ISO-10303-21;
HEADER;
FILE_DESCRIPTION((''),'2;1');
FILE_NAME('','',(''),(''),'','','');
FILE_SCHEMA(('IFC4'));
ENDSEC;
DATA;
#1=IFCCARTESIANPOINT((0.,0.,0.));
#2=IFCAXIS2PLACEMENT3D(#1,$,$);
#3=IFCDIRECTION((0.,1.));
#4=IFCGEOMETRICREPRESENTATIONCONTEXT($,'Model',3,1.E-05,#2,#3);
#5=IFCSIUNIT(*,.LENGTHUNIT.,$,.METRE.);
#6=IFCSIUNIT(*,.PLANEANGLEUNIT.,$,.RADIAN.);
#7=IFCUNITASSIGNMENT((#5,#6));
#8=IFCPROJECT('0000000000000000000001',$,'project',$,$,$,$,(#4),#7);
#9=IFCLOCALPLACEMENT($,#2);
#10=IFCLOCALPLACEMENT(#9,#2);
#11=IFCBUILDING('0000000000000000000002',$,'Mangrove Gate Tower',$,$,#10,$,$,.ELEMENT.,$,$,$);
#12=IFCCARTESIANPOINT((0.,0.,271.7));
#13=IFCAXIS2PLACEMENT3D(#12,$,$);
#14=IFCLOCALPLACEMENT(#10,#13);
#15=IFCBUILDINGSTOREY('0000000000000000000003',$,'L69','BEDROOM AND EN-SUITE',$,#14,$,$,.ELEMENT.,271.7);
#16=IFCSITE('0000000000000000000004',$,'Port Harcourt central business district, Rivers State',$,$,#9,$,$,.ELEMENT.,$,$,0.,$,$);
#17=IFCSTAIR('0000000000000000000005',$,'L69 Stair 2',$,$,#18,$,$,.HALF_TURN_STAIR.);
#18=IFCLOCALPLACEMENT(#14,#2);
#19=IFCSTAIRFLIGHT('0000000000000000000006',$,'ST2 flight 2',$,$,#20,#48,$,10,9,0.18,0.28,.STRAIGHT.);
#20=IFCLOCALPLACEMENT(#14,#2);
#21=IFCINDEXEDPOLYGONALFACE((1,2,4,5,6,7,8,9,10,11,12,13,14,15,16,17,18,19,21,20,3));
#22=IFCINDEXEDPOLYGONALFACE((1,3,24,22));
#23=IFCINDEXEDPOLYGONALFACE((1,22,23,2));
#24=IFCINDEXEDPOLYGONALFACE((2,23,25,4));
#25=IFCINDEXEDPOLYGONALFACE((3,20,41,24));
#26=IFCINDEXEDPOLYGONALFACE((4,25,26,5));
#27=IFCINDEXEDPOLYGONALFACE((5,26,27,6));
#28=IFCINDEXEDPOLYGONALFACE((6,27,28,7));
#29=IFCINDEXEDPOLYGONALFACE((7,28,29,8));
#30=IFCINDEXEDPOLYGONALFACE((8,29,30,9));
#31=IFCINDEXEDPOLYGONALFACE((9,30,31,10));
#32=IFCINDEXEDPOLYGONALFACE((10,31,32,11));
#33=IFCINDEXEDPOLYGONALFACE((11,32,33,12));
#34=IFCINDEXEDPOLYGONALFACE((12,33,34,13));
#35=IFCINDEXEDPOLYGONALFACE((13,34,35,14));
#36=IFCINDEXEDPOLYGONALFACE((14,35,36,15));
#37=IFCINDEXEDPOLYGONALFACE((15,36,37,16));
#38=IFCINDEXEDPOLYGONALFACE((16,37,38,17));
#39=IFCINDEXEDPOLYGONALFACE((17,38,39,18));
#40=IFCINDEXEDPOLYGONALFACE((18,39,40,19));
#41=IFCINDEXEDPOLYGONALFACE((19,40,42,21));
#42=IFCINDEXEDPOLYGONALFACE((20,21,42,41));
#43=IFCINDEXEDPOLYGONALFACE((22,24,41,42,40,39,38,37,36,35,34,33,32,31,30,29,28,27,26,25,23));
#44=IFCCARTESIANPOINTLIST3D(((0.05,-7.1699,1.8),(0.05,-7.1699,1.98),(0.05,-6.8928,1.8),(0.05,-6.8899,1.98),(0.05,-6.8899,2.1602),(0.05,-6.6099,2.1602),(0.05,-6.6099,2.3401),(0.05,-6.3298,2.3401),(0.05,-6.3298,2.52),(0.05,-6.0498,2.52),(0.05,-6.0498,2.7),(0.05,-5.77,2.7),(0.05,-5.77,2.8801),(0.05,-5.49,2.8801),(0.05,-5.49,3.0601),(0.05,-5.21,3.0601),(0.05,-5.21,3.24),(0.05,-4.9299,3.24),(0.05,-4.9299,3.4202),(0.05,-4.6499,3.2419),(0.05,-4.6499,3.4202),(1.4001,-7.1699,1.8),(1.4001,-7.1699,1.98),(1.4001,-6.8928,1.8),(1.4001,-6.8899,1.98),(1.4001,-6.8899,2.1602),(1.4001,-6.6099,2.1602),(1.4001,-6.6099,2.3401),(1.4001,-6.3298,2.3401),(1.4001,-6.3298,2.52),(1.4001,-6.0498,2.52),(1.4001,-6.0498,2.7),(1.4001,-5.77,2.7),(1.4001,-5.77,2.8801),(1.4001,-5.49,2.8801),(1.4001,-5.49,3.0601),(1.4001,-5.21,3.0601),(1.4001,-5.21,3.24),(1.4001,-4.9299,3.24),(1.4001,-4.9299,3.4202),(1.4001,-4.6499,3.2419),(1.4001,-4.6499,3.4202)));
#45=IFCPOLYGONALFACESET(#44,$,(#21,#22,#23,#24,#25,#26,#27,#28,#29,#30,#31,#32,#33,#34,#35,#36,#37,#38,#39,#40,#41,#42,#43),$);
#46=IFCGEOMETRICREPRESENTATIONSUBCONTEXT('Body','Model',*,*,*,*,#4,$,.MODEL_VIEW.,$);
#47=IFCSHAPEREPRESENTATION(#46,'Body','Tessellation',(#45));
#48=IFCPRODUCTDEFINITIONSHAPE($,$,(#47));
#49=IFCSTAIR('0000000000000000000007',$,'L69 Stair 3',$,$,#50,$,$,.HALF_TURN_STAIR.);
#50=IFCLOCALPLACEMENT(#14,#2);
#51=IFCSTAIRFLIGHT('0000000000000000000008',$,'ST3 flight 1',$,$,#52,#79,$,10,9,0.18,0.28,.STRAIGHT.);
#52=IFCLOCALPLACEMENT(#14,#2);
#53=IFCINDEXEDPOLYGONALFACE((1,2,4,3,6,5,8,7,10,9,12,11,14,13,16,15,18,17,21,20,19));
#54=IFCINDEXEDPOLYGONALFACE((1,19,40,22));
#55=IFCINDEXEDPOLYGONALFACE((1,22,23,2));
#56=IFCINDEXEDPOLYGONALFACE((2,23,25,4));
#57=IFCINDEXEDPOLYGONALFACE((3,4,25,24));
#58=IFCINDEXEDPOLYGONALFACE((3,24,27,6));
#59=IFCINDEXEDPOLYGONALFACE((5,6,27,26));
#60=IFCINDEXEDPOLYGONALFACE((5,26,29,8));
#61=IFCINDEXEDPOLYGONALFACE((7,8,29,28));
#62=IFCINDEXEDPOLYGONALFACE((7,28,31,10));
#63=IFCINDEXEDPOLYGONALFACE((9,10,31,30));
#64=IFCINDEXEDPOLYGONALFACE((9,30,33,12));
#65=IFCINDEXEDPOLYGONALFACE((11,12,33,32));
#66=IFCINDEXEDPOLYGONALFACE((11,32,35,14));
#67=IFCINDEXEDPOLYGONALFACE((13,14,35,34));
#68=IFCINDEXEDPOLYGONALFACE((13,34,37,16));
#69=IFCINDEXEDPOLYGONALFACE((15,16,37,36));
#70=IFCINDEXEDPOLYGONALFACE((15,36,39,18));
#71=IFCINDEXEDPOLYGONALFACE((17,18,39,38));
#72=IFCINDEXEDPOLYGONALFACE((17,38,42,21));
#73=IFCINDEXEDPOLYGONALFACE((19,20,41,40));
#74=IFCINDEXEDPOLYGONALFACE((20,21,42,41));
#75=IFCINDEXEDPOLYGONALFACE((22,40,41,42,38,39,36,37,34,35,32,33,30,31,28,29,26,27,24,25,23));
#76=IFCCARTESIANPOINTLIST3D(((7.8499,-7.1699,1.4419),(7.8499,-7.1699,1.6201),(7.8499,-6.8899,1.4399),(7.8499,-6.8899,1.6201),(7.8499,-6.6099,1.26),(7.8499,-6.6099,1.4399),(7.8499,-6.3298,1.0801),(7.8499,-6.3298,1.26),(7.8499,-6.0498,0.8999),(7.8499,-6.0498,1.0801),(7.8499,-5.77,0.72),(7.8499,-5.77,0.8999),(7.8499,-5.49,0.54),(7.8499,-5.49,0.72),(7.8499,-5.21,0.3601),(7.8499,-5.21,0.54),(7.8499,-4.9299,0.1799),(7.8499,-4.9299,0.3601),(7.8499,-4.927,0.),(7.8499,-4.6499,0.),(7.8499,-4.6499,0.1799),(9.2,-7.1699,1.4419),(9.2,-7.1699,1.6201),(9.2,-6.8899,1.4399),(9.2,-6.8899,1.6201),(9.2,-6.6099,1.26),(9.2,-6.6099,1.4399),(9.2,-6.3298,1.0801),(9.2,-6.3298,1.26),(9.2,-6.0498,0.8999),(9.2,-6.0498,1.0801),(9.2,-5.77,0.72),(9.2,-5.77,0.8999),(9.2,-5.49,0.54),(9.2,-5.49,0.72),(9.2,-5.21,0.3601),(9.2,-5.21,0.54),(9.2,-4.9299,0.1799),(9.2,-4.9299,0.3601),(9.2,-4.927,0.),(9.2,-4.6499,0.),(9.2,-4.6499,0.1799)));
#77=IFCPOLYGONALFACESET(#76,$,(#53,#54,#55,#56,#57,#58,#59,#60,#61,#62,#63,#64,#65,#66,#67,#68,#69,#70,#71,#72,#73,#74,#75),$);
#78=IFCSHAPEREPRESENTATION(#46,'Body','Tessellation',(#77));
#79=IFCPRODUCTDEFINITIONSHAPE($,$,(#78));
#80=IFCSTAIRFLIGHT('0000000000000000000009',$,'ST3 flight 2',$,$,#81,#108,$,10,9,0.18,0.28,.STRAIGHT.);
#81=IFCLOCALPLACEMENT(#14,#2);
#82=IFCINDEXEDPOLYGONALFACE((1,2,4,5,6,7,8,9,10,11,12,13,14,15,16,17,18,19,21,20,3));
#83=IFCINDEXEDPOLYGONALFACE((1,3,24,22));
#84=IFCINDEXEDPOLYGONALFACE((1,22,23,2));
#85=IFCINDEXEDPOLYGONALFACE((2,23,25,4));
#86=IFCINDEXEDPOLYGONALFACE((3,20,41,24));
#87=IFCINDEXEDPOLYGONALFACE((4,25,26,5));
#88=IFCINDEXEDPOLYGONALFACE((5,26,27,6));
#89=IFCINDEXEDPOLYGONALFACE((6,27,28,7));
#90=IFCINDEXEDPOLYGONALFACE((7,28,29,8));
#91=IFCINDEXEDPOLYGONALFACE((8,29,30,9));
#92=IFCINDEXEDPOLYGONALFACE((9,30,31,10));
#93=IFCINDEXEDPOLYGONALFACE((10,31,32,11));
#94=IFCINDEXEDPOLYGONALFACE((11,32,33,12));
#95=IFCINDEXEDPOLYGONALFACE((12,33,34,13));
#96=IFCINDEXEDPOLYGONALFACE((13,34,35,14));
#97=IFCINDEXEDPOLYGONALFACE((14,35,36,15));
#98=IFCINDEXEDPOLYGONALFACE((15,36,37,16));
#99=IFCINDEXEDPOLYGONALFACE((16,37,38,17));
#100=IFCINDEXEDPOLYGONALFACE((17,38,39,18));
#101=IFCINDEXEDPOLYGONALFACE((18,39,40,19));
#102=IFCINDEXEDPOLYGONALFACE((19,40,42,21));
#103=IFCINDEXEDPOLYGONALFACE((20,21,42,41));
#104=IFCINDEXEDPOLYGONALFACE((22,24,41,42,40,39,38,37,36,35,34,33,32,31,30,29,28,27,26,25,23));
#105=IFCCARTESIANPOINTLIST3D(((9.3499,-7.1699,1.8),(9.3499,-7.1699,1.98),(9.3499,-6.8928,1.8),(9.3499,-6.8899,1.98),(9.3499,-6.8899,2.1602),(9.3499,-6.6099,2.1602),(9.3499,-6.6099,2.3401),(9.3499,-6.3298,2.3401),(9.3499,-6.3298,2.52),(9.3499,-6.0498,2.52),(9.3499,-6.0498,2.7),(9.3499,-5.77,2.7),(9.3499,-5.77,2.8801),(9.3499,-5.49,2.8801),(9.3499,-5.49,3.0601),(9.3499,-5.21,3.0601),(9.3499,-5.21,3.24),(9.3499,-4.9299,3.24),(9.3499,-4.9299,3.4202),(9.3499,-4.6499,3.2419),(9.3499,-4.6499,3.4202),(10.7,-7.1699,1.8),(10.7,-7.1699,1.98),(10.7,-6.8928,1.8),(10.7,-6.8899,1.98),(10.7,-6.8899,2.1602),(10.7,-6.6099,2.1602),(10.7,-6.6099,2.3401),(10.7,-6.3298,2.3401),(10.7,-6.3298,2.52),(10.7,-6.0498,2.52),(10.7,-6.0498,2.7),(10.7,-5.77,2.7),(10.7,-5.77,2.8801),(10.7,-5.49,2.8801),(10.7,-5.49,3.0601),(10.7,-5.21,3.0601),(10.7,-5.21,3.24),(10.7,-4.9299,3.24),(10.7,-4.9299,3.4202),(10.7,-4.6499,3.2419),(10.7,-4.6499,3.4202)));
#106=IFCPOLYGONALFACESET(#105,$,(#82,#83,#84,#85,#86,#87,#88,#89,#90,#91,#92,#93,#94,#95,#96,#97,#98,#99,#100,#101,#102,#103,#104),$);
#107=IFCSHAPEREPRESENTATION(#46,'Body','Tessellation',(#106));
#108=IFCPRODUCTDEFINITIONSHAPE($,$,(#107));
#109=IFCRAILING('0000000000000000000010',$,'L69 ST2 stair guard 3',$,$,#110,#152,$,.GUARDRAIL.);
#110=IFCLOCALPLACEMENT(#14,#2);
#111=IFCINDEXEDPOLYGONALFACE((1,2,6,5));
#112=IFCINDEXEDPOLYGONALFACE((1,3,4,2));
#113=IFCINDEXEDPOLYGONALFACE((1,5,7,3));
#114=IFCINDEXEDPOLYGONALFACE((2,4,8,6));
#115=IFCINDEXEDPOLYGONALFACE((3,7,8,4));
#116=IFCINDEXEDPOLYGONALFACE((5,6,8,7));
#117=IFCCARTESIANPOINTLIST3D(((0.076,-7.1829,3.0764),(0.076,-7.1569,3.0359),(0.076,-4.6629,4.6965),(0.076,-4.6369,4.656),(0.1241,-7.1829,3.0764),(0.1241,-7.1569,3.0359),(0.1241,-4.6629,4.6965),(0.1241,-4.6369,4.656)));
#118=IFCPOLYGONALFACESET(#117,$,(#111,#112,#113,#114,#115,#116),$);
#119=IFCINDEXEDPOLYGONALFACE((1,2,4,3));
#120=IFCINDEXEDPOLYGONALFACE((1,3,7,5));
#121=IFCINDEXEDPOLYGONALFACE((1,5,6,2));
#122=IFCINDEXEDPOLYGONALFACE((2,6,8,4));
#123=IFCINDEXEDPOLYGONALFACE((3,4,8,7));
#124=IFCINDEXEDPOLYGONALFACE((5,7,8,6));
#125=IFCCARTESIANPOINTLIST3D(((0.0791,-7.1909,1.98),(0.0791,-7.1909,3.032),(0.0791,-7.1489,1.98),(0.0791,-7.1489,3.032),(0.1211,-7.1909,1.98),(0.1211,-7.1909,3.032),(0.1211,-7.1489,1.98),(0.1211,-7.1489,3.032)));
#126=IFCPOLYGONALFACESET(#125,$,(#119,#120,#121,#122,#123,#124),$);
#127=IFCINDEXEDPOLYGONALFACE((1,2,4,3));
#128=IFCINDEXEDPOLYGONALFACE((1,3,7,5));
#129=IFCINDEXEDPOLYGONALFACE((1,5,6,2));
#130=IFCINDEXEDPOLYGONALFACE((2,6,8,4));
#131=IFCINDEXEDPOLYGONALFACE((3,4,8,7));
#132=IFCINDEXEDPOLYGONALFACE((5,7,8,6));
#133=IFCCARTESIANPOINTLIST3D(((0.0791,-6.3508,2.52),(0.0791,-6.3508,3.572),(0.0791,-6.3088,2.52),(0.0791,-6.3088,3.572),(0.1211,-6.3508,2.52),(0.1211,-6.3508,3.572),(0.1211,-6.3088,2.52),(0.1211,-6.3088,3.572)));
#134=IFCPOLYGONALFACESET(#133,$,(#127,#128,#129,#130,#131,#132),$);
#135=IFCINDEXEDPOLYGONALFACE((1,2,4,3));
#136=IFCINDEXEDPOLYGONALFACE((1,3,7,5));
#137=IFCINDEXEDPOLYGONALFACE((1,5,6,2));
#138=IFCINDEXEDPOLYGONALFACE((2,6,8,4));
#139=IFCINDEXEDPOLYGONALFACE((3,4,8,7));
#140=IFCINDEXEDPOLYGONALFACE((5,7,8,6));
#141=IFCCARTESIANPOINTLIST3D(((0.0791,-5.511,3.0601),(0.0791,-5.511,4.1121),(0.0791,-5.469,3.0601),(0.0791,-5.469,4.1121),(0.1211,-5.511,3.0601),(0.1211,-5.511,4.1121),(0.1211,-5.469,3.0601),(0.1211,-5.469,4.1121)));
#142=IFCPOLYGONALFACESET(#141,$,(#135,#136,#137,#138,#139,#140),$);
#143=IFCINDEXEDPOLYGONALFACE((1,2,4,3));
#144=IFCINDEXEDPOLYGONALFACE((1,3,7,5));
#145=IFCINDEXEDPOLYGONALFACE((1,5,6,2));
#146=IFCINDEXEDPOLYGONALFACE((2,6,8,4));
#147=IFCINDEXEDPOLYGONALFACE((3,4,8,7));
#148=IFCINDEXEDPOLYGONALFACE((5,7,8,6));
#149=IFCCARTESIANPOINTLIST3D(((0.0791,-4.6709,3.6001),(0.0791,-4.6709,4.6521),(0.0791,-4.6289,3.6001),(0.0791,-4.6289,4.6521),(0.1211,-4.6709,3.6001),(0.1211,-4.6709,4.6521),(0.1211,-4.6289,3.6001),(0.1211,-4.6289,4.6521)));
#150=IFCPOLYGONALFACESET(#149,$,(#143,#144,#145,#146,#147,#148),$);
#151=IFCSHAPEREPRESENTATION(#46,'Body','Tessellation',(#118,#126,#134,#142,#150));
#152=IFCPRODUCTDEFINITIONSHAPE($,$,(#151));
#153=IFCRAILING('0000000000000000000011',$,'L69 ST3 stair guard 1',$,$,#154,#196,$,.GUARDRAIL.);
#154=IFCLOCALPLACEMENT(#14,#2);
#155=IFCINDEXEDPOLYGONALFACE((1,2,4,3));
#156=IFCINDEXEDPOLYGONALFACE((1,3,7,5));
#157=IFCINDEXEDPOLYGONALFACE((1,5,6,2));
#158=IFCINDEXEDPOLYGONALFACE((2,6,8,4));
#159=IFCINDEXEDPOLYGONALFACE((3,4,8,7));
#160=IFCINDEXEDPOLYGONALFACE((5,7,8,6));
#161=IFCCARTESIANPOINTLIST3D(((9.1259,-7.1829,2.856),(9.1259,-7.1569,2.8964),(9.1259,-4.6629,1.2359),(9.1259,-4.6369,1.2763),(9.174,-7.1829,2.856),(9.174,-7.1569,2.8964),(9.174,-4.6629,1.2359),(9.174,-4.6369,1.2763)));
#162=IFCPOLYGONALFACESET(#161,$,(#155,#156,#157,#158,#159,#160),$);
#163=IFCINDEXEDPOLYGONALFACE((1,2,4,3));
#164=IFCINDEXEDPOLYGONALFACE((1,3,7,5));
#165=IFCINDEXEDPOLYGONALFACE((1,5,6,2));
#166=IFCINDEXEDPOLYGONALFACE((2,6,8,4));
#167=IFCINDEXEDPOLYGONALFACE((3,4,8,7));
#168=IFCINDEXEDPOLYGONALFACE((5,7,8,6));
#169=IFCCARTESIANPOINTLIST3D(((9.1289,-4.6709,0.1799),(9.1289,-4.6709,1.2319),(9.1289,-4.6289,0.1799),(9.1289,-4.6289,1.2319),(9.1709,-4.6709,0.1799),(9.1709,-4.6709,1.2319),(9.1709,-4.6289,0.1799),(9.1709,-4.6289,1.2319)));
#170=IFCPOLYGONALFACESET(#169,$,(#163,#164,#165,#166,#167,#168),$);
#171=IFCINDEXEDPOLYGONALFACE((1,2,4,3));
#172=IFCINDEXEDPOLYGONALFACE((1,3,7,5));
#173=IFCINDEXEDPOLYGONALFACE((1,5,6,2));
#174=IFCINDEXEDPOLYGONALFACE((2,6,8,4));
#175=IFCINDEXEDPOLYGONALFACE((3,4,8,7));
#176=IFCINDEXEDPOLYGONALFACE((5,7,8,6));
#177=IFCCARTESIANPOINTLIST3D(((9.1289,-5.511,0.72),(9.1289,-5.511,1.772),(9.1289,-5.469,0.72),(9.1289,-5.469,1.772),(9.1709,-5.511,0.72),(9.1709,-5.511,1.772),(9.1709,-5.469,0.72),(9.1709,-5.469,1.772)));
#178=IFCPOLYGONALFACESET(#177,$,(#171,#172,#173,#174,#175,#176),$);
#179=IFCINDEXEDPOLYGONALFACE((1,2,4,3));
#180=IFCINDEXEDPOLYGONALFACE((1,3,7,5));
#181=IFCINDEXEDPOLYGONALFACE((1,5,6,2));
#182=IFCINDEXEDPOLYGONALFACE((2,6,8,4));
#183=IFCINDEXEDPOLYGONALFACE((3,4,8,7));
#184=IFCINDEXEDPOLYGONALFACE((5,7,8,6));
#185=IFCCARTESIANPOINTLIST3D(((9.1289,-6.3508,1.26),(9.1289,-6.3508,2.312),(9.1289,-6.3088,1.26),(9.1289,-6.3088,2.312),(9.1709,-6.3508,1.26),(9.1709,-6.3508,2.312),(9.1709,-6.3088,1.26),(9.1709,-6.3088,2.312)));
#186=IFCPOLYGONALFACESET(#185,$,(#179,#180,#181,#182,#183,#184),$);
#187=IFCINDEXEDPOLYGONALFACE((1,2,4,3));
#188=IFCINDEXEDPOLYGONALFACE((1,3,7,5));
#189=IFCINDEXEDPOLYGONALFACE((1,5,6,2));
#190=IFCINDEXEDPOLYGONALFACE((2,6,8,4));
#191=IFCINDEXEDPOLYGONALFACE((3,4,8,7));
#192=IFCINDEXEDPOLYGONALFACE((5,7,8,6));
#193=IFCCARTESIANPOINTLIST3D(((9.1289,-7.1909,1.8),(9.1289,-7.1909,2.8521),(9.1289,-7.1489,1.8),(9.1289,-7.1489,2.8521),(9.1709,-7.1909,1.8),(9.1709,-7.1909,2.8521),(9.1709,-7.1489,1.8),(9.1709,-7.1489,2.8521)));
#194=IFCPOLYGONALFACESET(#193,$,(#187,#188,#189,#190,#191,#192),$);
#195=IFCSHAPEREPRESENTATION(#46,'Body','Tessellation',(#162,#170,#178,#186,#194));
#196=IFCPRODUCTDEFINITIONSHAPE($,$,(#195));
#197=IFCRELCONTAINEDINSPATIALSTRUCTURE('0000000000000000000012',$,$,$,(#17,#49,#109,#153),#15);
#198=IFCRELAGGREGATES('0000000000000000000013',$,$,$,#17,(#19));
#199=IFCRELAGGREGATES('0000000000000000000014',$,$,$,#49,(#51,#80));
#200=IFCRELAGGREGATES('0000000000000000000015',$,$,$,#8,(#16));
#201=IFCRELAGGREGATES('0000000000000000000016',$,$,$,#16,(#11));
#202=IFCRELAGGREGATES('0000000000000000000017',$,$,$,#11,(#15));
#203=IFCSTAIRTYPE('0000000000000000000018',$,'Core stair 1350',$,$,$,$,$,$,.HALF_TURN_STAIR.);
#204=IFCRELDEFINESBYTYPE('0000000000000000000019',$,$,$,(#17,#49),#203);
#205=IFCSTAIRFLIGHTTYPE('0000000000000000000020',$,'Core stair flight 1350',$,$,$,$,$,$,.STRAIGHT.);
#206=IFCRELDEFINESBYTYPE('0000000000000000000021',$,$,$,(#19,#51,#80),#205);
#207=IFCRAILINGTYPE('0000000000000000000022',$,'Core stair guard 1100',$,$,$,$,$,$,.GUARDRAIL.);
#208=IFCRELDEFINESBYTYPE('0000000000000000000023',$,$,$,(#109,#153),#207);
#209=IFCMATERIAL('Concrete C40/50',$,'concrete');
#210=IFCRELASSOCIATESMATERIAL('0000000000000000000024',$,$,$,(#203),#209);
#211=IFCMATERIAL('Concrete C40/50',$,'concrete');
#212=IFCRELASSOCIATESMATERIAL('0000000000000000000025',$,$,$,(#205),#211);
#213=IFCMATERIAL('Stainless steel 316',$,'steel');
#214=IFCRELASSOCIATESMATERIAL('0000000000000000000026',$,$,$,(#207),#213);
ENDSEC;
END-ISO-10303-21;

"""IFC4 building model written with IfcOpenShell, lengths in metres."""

from ifc_helpers import new_model, si_unit, direction, frame, origin, origin_2d, place, context, subcontext, project, spatial, polyline, rectangle, outline, extrude, material, type_object, element, aggregate, save


model = new_model("IFC4")

# Units and contexts
model_context = context("Model", 3, precision=1e-05, world=origin(), true_north=direction((0.0, 1.0)))
body_context = subcontext(model_context, "Body", "Model", "MODEL_VIEW")
ifc_project = project(units=[si_unit("LENGTHUNIT", "METRE"), si_unit("PLANEANGLEUNIT", "RADIAN")], contexts=[model_context])

# Site, building, storey
site_placement = place(None, origin())
site = spatial("IfcSite", under=ifc_project, at=site_placement, Name="Port Harcourt central business district, Rivers State", CompositionType="ELEMENT", RefElevation=0.0)
building_placement = place(site_placement, origin())
building = spatial("IfcBuilding", under=site, at=building_placement, Name="Mangrove Gate Tower", CompositionType="ELEMENT")
storey_placement = place(building_placement, frame((0.0, 0.0, 271.7)))
storey = spatial("IfcBuildingStorey", under=building, at=storey_placement, Name="L69", Description="BEDROOM AND EN-SUITE", CompositionType="ELEMENT", Elevation=271.7)

# Stair, stair flight
ifc_material_1 = material(Name="Concrete C40/50", Category="concrete")
stair_type = type_object("IfcStairType", Name="Core stair 1350", PredefinedType="HALF_TURN_STAIR", material=ifc_material_1)
stair_1_placement = place(storey_placement, origin())
stair_1 = element("IfcStair", 1, at=stair_1_placement, inside=storey, type_object=stair_type, Name="L69 Stair 2", PredefinedType="HALF_TURN_STAIR")
ifc_material_2 = material(Name="Concrete C40/50", Category="concrete")
stair_flight_type = type_object("IfcStairFlightType", Name="Core stair flight 1350", PredefinedType="STRAIGHT", material=ifc_material_2)
stair_flight_1_placement = place(storey_placement, frame((0.7251, -7.1699, 1.8), z_axis=(0.0, 0.0, 1.0), x_axis=(0.0, 1.0, 0.0)))
stair_flight_1 = element("IfcStairFlight", 2, at=stair_flight_1_placement, type_object=stair_flight_type, Name="ST2 flight 2", NumberOfRisers=10, NumberOfTreads=9, PredefinedType="STRAIGHT", RiserHeight=0.18, TreadLength=0.28, context=body_context, shape_type="SweptSolid", body=[
    extrude(outline(polyline([(0.0, 0.0), (0.0, 0.1799), (0.28, 0.1799), (0.28, 0.3601), (0.5601, 0.3601), (0.5601, 0.54), (0.8401, 0.54), (0.8401, 0.72), (1.1201, 0.72), (1.1201, 0.8999), (1.3999, 0.8999), (1.3999, 1.0801), (1.6799, 1.0801), (1.6799, 1.26), (1.96, 1.26), (1.96, 1.4399), (2.24, 1.4399), (2.24, 1.6201), (2.52, 1.6201), (2.52, 1.8), (2.52, 1.4419), (0.2771, 0.0), (0.0, 0.0)])), frame((0.0, 0.675, 0.0), z_axis=(0.0, -1.0, 0.0), x_axis=(1.0, 0.0, 0.0)), (0.0, 0.0, 1.0), 1.3501),
])
aggregate(stair_1, [stair_flight_1])

# Stair, stair flights
stair_2_placement = place(storey_placement, origin())
stair_2 = element("IfcStair", 3, at=stair_2_placement, inside=storey, type_object=stair_type, Name="L69 Stair 3", PredefinedType="HALF_TURN_STAIR")
stair_flight_2_placement = place(storey_placement, frame((8.5249, -4.6499, 0.0), z_axis=(0.0, 0.0, 1.0), x_axis=(0.0, -1.0, 0.0)))
stair_flight_2 = element("IfcStairFlight", 4, at=stair_flight_2_placement, type_object=stair_flight_type, Name="ST3 flight 1", NumberOfRisers=10, NumberOfTreads=9, PredefinedType="STRAIGHT", RiserHeight=0.18, TreadLength=0.28, context=body_context, shape_type="SweptSolid", body=[
    extrude(outline(polyline([(0.0, 0.0), (0.0, 0.1799), (0.28, 0.1799), (0.28, 0.3601), (0.5601, 0.3601), (0.5601, 0.54), (0.8401, 0.54), (0.8401, 0.72), (1.1201, 0.72), (1.1201, 0.8999), (1.3999, 0.8999), (1.3999, 1.0801), (1.6799, 1.0801), (1.6799, 1.26), (1.96, 1.26), (1.96, 1.4399), (2.24, 1.4399), (2.24, 1.6201), (2.52, 1.6201), (2.52, 1.8), (2.52, 1.4419), (0.2771, 0.0), (0.0, 0.0)])), frame((0.0, 0.675, 0.0), z_axis=(0.0, -1.0, 0.0), x_axis=(1.0, 0.0, 0.0)), (0.0, 0.0, 1.0), 1.3501),
])
stair_flight_3_placement = place(storey_placement, frame((10.0249, -7.1699, 1.8), z_axis=(0.0, 0.0, 1.0), x_axis=(0.0, 1.0, 0.0)))
stair_flight_3 = element("IfcStairFlight", 5, at=stair_flight_3_placement, type_object=stair_flight_type, Name="ST3 flight 2", NumberOfRisers=10, NumberOfTreads=9, PredefinedType="STRAIGHT", RiserHeight=0.18, TreadLength=0.28, context=body_context, shape_type="SweptSolid", body=[
    extrude(outline(polyline([(0.0, 0.0), (0.0, 0.1799), (0.28, 0.1799), (0.28, 0.3601), (0.5601, 0.3601), (0.5601, 0.54), (0.8401, 0.54), (0.8401, 0.72), (1.1201, 0.72), (1.1201, 0.8999), (1.3999, 0.8999), (1.3999, 1.0801), (1.6799, 1.0801), (1.6799, 1.26), (1.96, 1.26), (1.96, 1.4399), (2.24, 1.4399), (2.24, 1.6201), (2.52, 1.6201), (2.52, 1.8), (2.52, 1.4419), (0.2771, 0.0), (0.0, 0.0)])), frame((0.0, 0.675, 0.0), z_axis=(0.0, -1.0, 0.0), x_axis=(1.0, 0.0, 0.0)), (0.0, 0.0, 1.0), 1.3501),
])
aggregate(stair_2, [stair_flight_2, stair_flight_3])

# Railings
ifc_material_3 = material(Name="Stainless steel 316", Category="steel")
railing_type_1 = type_object("IfcRailingType", Name="Core stair guard 1100", PredefinedType="GUARDRAIL", material=ifc_material_3)
railing_1_placement = place(storey_placement, frame((0.1001, -7.1699, 1.98)))
element("IfcRailing", 6, at=railing_1_placement, inside=storey, type_object=railing_type_1, Name="L69 ST2 stair guard 3", PredefinedType="GUARDRAIL", context=body_context, shape_type="SweptSolid", body=[
    extrude(rectangle(XDim=0.0481, YDim=0.0481, at=origin_2d()), frame((0.0, 0.0, 1.0762), z_axis=(0.0, 0.841163, 0.540782), x_axis=(-1.0, 0.0, 0.0)), (0.0, 0.0, 1.0), 2.9958),
    extrude(rectangle(XDim=0.042, YDim=0.042, at=origin_2d()), origin(), (0.0, 0.0, 1.0), 1.052),
    extrude(rectangle(XDim=0.042, YDim=0.042, at=origin_2d()), frame((0.0, 0.8401, 0.54)), (0.0, 0.0, 1.0), 1.052),
    extrude(rectangle(XDim=0.042, YDim=0.042, at=origin_2d()), frame((0.0, 1.6799, 1.0801)), (0.0, 0.0, 1.0), 1.052),
    extrude(rectangle(XDim=0.042, YDim=0.042, at=origin_2d()), frame((0.0, 2.52, 1.6201)), (0.0, 0.0, 1.0), 1.052),
])
railing_2_placement = place(storey_placement, frame((9.1499, -4.6499, 0.1799)))
element("IfcRailing", 7, at=railing_2_placement, inside=storey, type_object=railing_type_1, Name="L69 ST3 stair guard 1", PredefinedType="GUARDRAIL", context=body_context, shape_type="SweptSolid", body=[
    extrude(rectangle(XDim=0.0481, YDim=0.0481, at=origin_2d()), frame((0.0, 0.0, 1.0762), z_axis=(0.0, -0.841163, 0.540782), x_axis=(1.0, 0.0, 0.0)), (0.0, 0.0, 1.0), 2.9958),
    extrude(rectangle(XDim=0.042, YDim=0.042, at=origin_2d()), origin(), (0.0, 0.0, 1.0), 1.052),
    extrude(rectangle(XDim=0.042, YDim=0.042, at=origin_2d()), frame((0.0, -0.8401, 0.54)), (0.0, 0.0, 1.0), 1.052),
    extrude(rectangle(XDim=0.042, YDim=0.042, at=origin_2d()), frame((0.0, -1.6799, 1.0801)), (0.0, 0.0, 1.0), 1.052),
    extrude(rectangle(XDim=0.042, YDim=0.042, at=origin_2d()), frame((0.0, -2.52, 1.6201)), (0.0, 0.0, 1.0), 1.052),
])

save(model, "model.ifc")
